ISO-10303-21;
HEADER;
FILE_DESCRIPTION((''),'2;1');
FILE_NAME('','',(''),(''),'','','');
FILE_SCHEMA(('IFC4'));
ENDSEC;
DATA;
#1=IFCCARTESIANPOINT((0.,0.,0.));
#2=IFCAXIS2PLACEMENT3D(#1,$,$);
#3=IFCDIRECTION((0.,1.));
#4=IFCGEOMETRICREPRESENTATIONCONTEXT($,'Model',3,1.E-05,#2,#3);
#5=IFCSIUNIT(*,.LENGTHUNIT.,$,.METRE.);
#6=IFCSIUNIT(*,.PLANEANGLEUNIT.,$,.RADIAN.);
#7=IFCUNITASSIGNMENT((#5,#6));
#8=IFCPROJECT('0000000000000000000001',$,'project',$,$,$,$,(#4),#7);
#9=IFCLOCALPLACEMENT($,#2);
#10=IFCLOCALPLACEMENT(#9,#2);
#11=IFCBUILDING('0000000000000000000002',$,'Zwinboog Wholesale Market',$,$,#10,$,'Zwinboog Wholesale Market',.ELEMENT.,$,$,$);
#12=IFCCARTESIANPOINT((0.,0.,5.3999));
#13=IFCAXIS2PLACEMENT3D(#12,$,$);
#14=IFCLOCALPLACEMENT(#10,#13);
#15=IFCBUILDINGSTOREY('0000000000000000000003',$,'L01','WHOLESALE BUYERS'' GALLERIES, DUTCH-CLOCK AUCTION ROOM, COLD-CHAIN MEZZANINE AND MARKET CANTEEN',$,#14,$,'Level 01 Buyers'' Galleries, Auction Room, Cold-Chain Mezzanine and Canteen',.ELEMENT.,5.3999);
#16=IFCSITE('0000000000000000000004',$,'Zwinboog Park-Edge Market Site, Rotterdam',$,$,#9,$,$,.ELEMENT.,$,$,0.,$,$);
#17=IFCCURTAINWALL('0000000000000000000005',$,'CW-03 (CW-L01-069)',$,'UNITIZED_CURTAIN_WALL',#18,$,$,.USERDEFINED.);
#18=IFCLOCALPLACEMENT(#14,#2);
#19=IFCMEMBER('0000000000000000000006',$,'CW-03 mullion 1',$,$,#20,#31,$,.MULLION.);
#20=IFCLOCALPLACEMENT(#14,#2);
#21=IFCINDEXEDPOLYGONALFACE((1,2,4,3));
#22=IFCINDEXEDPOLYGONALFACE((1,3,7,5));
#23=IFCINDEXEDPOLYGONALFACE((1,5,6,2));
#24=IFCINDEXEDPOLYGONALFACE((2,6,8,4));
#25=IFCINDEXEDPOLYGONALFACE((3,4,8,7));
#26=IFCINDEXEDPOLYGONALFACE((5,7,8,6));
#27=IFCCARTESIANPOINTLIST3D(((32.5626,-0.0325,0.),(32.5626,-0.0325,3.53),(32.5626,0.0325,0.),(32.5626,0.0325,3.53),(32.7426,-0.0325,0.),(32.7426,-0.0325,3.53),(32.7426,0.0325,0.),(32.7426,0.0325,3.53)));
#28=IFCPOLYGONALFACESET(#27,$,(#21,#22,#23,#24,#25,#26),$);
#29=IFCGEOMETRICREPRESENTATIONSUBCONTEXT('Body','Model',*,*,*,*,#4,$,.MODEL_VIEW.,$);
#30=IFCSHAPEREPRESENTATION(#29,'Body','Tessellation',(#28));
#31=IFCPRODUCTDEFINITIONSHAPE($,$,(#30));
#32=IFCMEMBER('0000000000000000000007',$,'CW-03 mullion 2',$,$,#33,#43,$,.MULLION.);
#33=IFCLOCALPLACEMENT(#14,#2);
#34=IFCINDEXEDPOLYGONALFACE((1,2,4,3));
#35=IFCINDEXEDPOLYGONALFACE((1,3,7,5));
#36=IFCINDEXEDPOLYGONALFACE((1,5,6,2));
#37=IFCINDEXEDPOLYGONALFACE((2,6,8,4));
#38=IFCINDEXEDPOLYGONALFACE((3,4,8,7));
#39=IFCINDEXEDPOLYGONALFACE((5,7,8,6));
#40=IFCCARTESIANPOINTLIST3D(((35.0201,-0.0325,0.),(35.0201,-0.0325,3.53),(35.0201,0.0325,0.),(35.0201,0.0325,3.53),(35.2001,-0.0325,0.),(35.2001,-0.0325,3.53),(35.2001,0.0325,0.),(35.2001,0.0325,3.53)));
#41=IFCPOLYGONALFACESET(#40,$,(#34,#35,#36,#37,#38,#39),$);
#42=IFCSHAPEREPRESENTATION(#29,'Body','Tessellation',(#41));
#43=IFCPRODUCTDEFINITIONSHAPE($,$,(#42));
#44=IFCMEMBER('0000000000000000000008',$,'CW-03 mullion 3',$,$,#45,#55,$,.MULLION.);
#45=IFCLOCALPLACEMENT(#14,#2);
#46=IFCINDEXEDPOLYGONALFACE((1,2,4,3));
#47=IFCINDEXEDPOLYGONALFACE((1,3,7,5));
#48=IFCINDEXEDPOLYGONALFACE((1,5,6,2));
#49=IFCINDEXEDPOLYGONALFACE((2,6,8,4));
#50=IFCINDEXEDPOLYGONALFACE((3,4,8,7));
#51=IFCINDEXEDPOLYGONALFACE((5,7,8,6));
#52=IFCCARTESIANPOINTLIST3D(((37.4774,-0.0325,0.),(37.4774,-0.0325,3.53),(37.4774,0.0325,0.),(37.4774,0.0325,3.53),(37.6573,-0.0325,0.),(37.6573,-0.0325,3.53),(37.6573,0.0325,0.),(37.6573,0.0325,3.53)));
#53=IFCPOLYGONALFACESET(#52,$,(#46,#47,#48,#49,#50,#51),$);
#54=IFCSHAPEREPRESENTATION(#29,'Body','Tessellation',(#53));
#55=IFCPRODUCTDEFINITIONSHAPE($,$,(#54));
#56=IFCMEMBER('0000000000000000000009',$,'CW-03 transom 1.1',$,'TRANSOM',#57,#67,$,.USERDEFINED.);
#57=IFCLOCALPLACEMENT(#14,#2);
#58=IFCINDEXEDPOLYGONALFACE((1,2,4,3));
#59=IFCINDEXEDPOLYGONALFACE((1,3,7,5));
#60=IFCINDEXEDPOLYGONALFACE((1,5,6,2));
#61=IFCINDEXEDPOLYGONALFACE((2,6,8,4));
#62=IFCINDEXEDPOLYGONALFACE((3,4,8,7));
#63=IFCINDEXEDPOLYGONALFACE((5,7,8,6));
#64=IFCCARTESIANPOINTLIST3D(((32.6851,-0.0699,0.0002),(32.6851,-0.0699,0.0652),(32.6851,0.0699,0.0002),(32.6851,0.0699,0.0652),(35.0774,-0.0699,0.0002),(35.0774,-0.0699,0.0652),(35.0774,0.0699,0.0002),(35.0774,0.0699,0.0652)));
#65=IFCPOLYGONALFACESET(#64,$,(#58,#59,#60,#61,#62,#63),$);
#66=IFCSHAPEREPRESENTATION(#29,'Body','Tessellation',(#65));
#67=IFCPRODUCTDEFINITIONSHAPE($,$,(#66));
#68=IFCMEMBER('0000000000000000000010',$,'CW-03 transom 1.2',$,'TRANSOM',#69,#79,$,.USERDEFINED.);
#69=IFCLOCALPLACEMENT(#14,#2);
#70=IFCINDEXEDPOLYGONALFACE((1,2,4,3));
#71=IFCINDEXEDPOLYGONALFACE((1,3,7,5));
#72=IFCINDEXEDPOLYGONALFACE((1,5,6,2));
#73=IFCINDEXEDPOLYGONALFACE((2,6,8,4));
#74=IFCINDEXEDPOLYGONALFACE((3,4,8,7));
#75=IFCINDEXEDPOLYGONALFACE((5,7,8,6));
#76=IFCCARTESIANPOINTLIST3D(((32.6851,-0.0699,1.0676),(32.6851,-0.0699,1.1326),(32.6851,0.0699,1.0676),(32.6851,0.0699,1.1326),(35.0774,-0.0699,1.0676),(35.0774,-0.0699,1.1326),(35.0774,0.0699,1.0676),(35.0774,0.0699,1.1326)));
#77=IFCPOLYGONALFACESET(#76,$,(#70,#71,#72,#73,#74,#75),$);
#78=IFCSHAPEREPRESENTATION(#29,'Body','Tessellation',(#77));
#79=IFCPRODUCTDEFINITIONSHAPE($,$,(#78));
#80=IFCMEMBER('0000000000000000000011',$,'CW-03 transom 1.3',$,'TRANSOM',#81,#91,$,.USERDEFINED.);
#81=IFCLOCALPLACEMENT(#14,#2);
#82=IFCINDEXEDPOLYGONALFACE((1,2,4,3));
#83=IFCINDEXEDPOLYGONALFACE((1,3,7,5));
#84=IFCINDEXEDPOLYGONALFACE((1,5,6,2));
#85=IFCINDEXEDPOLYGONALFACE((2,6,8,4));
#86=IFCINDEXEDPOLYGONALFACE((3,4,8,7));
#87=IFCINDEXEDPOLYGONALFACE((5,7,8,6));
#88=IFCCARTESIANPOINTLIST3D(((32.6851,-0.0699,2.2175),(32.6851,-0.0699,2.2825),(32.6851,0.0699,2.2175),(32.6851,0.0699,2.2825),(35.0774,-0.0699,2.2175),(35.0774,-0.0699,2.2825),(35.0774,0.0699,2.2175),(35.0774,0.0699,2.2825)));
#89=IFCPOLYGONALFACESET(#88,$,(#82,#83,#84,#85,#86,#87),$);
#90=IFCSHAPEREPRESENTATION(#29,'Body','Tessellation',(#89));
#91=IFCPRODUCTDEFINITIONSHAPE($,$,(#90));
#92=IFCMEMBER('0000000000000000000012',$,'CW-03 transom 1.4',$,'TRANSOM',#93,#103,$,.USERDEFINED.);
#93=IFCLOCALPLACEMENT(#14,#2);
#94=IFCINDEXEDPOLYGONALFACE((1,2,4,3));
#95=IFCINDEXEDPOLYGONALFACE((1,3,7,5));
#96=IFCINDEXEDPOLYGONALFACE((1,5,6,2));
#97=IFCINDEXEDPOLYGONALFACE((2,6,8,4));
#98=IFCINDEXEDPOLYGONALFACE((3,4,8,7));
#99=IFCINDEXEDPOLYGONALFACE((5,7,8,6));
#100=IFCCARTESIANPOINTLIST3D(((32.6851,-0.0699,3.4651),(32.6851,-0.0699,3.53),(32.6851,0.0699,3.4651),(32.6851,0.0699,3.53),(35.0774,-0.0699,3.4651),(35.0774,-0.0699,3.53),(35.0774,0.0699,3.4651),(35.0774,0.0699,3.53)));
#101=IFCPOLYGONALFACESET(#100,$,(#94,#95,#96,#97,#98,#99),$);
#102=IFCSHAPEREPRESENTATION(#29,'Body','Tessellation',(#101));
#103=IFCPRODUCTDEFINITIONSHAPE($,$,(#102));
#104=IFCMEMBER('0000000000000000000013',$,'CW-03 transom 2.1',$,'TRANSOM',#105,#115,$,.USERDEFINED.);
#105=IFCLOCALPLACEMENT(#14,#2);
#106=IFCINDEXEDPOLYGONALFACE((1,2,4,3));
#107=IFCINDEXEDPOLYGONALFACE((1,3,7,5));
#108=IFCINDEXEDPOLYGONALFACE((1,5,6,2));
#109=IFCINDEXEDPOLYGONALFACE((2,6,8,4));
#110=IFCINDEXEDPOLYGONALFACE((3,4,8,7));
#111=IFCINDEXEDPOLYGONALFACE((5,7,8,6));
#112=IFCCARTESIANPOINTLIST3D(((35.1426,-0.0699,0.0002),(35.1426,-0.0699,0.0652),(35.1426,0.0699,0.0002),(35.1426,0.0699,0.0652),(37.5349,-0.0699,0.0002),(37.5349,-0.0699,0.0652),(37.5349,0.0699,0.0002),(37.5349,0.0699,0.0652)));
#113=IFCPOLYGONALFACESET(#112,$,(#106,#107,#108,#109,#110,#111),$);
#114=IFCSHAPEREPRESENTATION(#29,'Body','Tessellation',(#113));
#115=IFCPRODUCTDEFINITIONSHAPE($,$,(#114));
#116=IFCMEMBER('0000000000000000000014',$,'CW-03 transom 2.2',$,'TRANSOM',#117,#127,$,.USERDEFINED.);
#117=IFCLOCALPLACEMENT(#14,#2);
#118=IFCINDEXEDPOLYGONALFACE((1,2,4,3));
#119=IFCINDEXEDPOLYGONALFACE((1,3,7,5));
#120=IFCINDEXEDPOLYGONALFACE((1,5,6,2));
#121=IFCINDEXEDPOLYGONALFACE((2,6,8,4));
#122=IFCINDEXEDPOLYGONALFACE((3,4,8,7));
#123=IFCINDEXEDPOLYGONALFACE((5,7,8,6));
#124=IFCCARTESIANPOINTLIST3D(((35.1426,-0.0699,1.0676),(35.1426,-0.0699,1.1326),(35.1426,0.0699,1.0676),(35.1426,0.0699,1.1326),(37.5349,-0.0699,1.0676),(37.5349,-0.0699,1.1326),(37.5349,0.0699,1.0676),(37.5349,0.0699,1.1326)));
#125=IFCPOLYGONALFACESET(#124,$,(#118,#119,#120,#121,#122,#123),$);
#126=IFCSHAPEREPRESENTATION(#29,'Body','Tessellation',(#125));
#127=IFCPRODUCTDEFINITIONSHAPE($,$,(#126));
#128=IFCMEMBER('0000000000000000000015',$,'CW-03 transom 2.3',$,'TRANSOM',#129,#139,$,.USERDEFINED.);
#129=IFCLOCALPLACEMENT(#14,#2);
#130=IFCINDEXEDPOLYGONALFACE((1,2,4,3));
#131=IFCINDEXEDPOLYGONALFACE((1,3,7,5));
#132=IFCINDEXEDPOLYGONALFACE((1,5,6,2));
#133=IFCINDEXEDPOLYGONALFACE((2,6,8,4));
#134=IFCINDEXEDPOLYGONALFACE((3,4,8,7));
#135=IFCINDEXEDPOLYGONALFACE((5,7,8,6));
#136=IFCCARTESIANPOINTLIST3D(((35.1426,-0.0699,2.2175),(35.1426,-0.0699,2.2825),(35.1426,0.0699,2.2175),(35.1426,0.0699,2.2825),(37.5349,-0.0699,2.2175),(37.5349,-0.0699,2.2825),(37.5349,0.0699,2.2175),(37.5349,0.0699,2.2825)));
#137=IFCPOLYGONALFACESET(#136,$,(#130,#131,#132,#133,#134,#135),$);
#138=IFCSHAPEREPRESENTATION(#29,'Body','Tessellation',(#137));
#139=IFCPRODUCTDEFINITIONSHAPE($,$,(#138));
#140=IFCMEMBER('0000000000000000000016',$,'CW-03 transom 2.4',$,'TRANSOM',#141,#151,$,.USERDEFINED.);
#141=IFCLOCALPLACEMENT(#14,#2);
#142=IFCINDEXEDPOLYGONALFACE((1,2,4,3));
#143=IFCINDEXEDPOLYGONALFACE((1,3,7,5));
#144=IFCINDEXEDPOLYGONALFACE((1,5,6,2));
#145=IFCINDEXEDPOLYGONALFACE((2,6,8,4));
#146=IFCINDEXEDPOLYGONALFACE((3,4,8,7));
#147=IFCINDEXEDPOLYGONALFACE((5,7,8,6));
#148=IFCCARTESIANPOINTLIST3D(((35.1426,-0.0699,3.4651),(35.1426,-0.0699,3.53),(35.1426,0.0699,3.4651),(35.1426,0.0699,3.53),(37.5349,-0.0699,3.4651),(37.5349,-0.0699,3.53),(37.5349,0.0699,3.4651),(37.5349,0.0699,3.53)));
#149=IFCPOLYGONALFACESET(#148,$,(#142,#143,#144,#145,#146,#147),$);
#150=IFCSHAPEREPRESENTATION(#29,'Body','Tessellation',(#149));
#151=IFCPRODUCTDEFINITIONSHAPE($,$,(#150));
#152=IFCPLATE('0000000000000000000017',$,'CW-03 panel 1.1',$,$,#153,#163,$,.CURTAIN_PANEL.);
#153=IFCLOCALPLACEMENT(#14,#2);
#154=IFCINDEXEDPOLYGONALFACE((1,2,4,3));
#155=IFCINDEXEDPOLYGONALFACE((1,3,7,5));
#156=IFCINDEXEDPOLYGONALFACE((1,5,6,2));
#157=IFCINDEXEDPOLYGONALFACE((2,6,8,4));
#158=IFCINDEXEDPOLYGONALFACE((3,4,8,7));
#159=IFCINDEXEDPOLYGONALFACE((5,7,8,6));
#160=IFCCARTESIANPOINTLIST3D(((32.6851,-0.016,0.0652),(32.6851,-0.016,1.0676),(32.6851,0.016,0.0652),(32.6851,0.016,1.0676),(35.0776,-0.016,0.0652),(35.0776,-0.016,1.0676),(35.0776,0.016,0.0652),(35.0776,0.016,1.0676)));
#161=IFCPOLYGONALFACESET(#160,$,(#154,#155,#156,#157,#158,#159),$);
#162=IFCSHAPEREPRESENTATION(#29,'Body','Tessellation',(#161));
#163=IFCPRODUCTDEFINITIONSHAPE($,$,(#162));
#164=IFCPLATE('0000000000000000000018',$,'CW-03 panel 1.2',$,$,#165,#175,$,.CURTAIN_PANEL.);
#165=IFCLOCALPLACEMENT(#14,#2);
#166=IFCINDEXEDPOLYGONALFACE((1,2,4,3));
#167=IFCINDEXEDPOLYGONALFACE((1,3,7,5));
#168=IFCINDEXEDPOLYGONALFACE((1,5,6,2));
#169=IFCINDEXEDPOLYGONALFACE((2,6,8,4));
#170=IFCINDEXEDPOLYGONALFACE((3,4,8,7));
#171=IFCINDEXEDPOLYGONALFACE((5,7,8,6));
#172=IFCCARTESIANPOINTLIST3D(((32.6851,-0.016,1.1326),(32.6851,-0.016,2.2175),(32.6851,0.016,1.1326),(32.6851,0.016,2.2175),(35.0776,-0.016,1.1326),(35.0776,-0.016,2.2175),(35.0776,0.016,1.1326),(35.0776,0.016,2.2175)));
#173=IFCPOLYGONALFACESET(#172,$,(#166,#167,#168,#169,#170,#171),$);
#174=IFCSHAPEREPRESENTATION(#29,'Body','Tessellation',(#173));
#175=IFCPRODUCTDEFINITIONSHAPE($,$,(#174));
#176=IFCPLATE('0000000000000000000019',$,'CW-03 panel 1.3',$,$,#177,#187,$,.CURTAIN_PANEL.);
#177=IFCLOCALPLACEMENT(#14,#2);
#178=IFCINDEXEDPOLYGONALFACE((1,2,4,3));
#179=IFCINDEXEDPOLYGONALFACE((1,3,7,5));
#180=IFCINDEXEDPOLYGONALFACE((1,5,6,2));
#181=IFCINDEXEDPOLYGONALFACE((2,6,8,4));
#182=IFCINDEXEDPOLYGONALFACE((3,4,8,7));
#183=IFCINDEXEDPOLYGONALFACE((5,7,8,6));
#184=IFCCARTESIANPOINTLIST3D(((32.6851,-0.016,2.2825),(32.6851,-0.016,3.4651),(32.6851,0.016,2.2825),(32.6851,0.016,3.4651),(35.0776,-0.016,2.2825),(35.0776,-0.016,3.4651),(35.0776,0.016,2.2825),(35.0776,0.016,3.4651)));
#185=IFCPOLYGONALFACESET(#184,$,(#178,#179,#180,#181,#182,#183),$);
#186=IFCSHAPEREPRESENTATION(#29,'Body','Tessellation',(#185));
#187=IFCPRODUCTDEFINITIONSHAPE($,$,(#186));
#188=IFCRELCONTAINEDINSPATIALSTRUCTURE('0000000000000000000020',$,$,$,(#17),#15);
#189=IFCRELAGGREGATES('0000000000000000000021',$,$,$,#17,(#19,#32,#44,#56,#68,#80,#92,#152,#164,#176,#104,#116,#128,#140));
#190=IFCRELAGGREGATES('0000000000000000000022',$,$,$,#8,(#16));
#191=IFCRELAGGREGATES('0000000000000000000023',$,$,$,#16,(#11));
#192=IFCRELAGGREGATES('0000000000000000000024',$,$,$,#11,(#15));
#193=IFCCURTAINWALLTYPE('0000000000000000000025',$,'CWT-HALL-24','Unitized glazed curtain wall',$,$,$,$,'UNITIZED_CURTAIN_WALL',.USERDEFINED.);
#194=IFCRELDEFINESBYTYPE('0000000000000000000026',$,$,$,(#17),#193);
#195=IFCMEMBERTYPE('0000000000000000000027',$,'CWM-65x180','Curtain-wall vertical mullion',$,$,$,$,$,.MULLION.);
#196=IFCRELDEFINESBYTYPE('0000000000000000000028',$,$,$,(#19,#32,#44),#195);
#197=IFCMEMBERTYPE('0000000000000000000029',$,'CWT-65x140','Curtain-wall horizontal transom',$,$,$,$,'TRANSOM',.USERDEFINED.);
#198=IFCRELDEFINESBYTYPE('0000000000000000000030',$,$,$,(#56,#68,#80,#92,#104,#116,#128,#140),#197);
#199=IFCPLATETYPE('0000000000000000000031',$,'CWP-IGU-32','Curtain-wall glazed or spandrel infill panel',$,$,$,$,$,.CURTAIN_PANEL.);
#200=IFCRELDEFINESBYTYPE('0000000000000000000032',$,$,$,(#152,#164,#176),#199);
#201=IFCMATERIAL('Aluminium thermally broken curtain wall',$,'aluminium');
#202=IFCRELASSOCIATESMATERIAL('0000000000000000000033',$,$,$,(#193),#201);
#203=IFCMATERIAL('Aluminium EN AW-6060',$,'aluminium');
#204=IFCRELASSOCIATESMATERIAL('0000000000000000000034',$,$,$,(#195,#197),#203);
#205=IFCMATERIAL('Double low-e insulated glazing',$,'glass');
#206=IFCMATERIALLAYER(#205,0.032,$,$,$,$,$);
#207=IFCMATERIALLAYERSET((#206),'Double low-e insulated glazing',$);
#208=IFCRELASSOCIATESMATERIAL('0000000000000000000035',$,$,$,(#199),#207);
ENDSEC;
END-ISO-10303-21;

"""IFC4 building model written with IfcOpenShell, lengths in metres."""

from ifc_helpers import new_model, si_unit, direction, frame, origin, origin_2d, place, context, subcontext, project, spatial, rectangle, extrude, material, layer, layer_set, material_profile, profile_set, type_object, element, aggregate, save


model = new_model("IFC4")

# Units and contexts
model_context = context("Model", 3, precision=1e-05, world=origin(), true_north=direction((0.0, 1.0)))
body_context = subcontext(model_context, "Body", "Model", "MODEL_VIEW")
ifc_project = project(units=[si_unit("LENGTHUNIT", "METRE"), si_unit("PLANEANGLEUNIT", "RADIAN")], contexts=[model_context])

# Site, building, storey
site_placement = place(None, origin())
site = spatial("IfcSite", under=ifc_project, at=site_placement, Name="Zwinboog Park-Edge Market Site, Rotterdam", CompositionType="ELEMENT", RefElevation=0.0)
building_placement = place(site_placement, origin())
building = spatial("IfcBuilding", under=site, at=building_placement, Name="Zwinboog Wholesale Market", LongName="Zwinboog Wholesale Market", CompositionType="ELEMENT")
storey_placement = place(building_placement, frame((0.0, 0.0, 5.3999)))
storey = spatial("IfcBuildingStorey", under=building, at=storey_placement, Name="L01", Description="WHOLESALE BUYERS' GALLERIES, DUTCH-CLOCK AUCTION ROOM, COLD-CHAIN MEZZANINE AND MARKET CANTEEN", LongName="Level 01 Buyers' Galleries, Auction Room, Cold-Chain Mezzanine and Canteen", CompositionType="ELEMENT", Elevation=5.3999)

# Curtain wall, members, plates
ifc_material_1 = material(Name="Aluminium thermally broken curtain wall", Category="aluminium")
curtain_wall_type = type_object("IfcCurtainWallType", Name="CWT-HALL-24", Description="Unitized glazed curtain wall", ElementType="UNITIZED_CURTAIN_WALL", PredefinedType="USERDEFINED", material=ifc_material_1)
curtain_wall_placement = place(storey_placement, origin())
curtain_wall = element("IfcCurtainWall", 1, at=curtain_wall_placement, inside=storey, type_object=curtain_wall_type, Name="CW-03 (CW-L01-069)", ObjectType="UNITIZED_CURTAIN_WALL", PredefinedType="USERDEFINED")
ifc_material_2 = material(Name="Aluminium EN AW-6060", Category="aluminium")
ifc_material_profile_1 = material_profile(ifc_material_2, rectangle(XDim=0.0649, YDim=0.1799, at=origin_2d()), Name="AL 65x180")
ifc_profile_set_1 = profile_set([ifc_material_profile_1], Name="Aluminium EN AW-6060")
member_type_1 = type_object("IfcMemberType", Name="CWM-65x180", Description="Curtain-wall vertical mullion", PredefinedType="MULLION", material=ifc_profile_set_1)
member_1_placement = place(storey_placement, frame((32.6526, 0.0, 0.0), z_axis=(0.0, 0.0, 1.0), x_axis=(0.0, 1.0, 0.0)))
member_1 = element("IfcMember", 2, at=member_1_placement, type_object=member_type_1, Name="CW-03 mullion 1", PredefinedType="MULLION", context=body_context, shape_type="SweptSolid", body=[
    extrude(rectangle(XDim=0.0649, YDim=0.1799, at=origin_2d()), origin(), (0.0, 0.0, 1.0), 3.53),
])
member_2_placement = place(storey_placement, frame((35.1101, 0.0, 0.0), z_axis=(0.0, 0.0, 1.0), x_axis=(0.0, 1.0, 0.0)))
member_2 = element("IfcMember", 3, at=member_2_placement, type_object=member_type_1, Name="CW-03 mullion 2", PredefinedType="MULLION", context=body_context, shape_type="SweptSolid", body=[
    extrude(rectangle(XDim=0.0649, YDim=0.1799, at=origin_2d()), origin(), (0.0, 0.0, 1.0), 3.53),
])
member_3_placement = place(storey_placement, frame((37.5674, 0.0, 0.0), z_axis=(0.0, 0.0, 1.0), x_axis=(0.0, 1.0, 0.0)))
member_3 = element("IfcMember", 4, at=member_3_placement, type_object=member_type_1, Name="CW-03 mullion 3", PredefinedType="MULLION", context=body_context, shape_type="SweptSolid", body=[
    extrude(rectangle(XDim=0.0649, YDim=0.1799, at=origin_2d()), origin(), (0.0, 0.0, 1.0), 3.53),
])
ifc_material_profile_2 = material_profile(ifc_material_2, rectangle(XDim=0.1399, YDim=0.0649, at=origin_2d()), Name="AL 65x140")
ifc_profile_set_2 = profile_set([ifc_material_profile_2], Name="Aluminium EN AW-6060")
member_type_2 = type_object("IfcMemberType", Name="CWT-65x140", Description="Curtain-wall horizontal transom", ElementType="TRANSOM", PredefinedType="USERDEFINED", material=ifc_profile_set_2)
member_4_placement = place(storey_placement, frame((32.6851, 0.0, 0.0327), z_axis=(1.0, 0.0, 0.0), x_axis=(0.0, 1.0, 0.0)))
member_4 = element("IfcMember", 5, at=member_4_placement, type_object=member_type_2, Name="CW-03 transom 1.1", ObjectType="TRANSOM", PredefinedType="USERDEFINED", context=body_context, shape_type="SweptSolid", body=[
    extrude(rectangle(XDim=0.1399, YDim=0.0649, at=origin_2d()), origin(), (0.0, 0.0, 1.0), 2.3923),
])
member_5_placement = place(storey_placement, frame((32.6851, 0.0, 1.1001), z_axis=(1.0, 0.0, 0.0), x_axis=(0.0, 1.0, 0.0)))
member_5 = element("IfcMember", 6, at=member_5_placement, type_object=member_type_2, Name="CW-03 transom 1.2", ObjectType="TRANSOM", PredefinedType="USERDEFINED", context=body_context, shape_type="SweptSolid", body=[
    extrude(rectangle(XDim=0.1399, YDim=0.0649, at=origin_2d()), origin(), (0.0, 0.0, 1.0), 2.3923),
])
member_6_placement = place(storey_placement, frame((32.6851, 0.0, 2.25), z_axis=(1.0, 0.0, 0.0), x_axis=(0.0, 1.0, 0.0)))
member_6 = element("IfcMember", 7, at=member_6_placement, type_object=member_type_2, Name="CW-03 transom 1.3", ObjectType="TRANSOM", PredefinedType="USERDEFINED", context=body_context, shape_type="SweptSolid", body=[
    extrude(rectangle(XDim=0.1399, YDim=0.0649, at=origin_2d()), origin(), (0.0, 0.0, 1.0), 2.3923),
])
member_7_placement = place(storey_placement, frame((32.6851, 0.0, 3.4976), z_axis=(1.0, 0.0, 0.0), x_axis=(0.0, 1.0, 0.0)))
member_7 = element("IfcMember", 8, at=member_7_placement, type_object=member_type_2, Name="CW-03 transom 1.4", ObjectType="TRANSOM", PredefinedType="USERDEFINED", context=body_context, shape_type="SweptSolid", body=[
    extrude(rectangle(XDim=0.1399, YDim=0.0649, at=origin_2d()), origin(), (0.0, 0.0, 1.0), 2.3923),
])
member_8_placement = place(storey_placement, frame((35.1426, 0.0, 0.0327), z_axis=(1.0, 0.0, 0.0), x_axis=(0.0, 1.0, 0.0)))
member_8 = element("IfcMember", 9, at=member_8_placement, type_object=member_type_2, Name="CW-03 transom 2.1", ObjectType="TRANSOM", PredefinedType="USERDEFINED", context=body_context, shape_type="SweptSolid", body=[
    extrude(rectangle(XDim=0.1399, YDim=0.0649, at=origin_2d()), origin(), (0.0, 0.0, 1.0), 2.3923),
])
member_9_placement = place(storey_placement, frame((35.1426, 0.0, 1.1001), z_axis=(1.0, 0.0, 0.0), x_axis=(0.0, 1.0, 0.0)))
member_9 = element("IfcMember", 10, at=member_9_placement, type_object=member_type_2, Name="CW-03 transom 2.2", ObjectType="TRANSOM", PredefinedType="USERDEFINED", context=body_context, shape_type="SweptSolid", body=[
    extrude(rectangle(XDim=0.1399, YDim=0.0649, at=origin_2d()), origin(), (0.0, 0.0, 1.0), 2.3923),
])
member_10_placement = place(storey_placement, frame((35.1426, 0.0, 2.25), z_axis=(1.0, 0.0, 0.0), x_axis=(0.0, 1.0, 0.0)))
member_10 = element("IfcMember", 11, at=member_10_placement, type_object=member_type_2, Name="CW-03 transom 2.3", ObjectType="TRANSOM", PredefinedType="USERDEFINED", context=body_context, shape_type="SweptSolid", body=[
    extrude(rectangle(XDim=0.1399, YDim=0.0649, at=origin_2d()), origin(), (0.0, 0.0, 1.0), 2.3923),
])
member_11_placement = place(storey_placement, frame((35.1426, 0.0, 3.4976), z_axis=(1.0, 0.0, 0.0), x_axis=(0.0, 1.0, 0.0)))
member_11 = element("IfcMember", 12, at=member_11_placement, type_object=member_type_2, Name="CW-03 transom 2.4", ObjectType="TRANSOM", PredefinedType="USERDEFINED", context=body_context, shape_type="SweptSolid", body=[
    extrude(rectangle(XDim=0.1399, YDim=0.0649, at=origin_2d()), origin(), (0.0, 0.0, 1.0), 2.3923),
])
ifc_material_3 = material(Name="Double low-e insulated glazing", Category="glass")
ifc_layer_1 = layer(ifc_material_3, 0.032)
ifc_layer_set_1 = layer_set([ifc_layer_1], Name="Double low-e insulated glazing")
plate_type = type_object("IfcPlateType", Name="CWP-IGU-32", Description="Curtain-wall glazed or spandrel infill panel", PredefinedType="CURTAIN_PANEL", material=ifc_layer_set_1)
plate_1_placement = place(storey_placement, frame((33.8813, 0.0, 0.0652), z_axis=(0.0, 0.0, 1.0), x_axis=(1.0, 0.0, 0.0)))
plate_1 = element("IfcPlate", 13, at=plate_1_placement, type_object=plate_type, Name="CW-03 panel 1.1", PredefinedType="CURTAIN_PANEL", context=body_context, shape_type="SweptSolid", body=[
    extrude(rectangle(XDim=2.3926, YDim=0.032, at=origin_2d()), origin(), (0.0, 0.0, 1.0), 1.0024),
])
plate_2_placement = place(storey_placement, frame((33.8813, 0.0, 1.1326), z_axis=(0.0, 0.0, 1.0), x_axis=(1.0, 0.0, 0.0)))
plate_2 = element("IfcPlate", 14, at=plate_2_placement, type_object=plate_type, Name="CW-03 panel 1.2", PredefinedType="CURTAIN_PANEL", context=body_context, shape_type="SweptSolid", body=[
    extrude(rectangle(XDim=2.3926, YDim=0.032, at=origin_2d()), origin(), (0.0, 0.0, 1.0), 1.085),
])
plate_3_placement = place(storey_placement, frame((33.8813, 0.0, 2.2825), z_axis=(0.0, 0.0, 1.0), x_axis=(1.0, 0.0, 0.0)))
plate_3 = element("IfcPlate", 15, at=plate_3_placement, type_object=plate_type, Name="CW-03 panel 1.3", PredefinedType="CURTAIN_PANEL", context=body_context, shape_type="SweptSolid", body=[
    extrude(rectangle(XDim=2.3926, YDim=0.032, at=origin_2d()), origin(), (0.0, 0.0, 1.0), 1.1826),
])
aggregate(curtain_wall, [member_1, member_2, member_3, member_4, member_5, member_6, member_7, plate_1, plate_2, plate_3, member_8, member_9, member_10, member_11])

save(model, "model.ifc")
